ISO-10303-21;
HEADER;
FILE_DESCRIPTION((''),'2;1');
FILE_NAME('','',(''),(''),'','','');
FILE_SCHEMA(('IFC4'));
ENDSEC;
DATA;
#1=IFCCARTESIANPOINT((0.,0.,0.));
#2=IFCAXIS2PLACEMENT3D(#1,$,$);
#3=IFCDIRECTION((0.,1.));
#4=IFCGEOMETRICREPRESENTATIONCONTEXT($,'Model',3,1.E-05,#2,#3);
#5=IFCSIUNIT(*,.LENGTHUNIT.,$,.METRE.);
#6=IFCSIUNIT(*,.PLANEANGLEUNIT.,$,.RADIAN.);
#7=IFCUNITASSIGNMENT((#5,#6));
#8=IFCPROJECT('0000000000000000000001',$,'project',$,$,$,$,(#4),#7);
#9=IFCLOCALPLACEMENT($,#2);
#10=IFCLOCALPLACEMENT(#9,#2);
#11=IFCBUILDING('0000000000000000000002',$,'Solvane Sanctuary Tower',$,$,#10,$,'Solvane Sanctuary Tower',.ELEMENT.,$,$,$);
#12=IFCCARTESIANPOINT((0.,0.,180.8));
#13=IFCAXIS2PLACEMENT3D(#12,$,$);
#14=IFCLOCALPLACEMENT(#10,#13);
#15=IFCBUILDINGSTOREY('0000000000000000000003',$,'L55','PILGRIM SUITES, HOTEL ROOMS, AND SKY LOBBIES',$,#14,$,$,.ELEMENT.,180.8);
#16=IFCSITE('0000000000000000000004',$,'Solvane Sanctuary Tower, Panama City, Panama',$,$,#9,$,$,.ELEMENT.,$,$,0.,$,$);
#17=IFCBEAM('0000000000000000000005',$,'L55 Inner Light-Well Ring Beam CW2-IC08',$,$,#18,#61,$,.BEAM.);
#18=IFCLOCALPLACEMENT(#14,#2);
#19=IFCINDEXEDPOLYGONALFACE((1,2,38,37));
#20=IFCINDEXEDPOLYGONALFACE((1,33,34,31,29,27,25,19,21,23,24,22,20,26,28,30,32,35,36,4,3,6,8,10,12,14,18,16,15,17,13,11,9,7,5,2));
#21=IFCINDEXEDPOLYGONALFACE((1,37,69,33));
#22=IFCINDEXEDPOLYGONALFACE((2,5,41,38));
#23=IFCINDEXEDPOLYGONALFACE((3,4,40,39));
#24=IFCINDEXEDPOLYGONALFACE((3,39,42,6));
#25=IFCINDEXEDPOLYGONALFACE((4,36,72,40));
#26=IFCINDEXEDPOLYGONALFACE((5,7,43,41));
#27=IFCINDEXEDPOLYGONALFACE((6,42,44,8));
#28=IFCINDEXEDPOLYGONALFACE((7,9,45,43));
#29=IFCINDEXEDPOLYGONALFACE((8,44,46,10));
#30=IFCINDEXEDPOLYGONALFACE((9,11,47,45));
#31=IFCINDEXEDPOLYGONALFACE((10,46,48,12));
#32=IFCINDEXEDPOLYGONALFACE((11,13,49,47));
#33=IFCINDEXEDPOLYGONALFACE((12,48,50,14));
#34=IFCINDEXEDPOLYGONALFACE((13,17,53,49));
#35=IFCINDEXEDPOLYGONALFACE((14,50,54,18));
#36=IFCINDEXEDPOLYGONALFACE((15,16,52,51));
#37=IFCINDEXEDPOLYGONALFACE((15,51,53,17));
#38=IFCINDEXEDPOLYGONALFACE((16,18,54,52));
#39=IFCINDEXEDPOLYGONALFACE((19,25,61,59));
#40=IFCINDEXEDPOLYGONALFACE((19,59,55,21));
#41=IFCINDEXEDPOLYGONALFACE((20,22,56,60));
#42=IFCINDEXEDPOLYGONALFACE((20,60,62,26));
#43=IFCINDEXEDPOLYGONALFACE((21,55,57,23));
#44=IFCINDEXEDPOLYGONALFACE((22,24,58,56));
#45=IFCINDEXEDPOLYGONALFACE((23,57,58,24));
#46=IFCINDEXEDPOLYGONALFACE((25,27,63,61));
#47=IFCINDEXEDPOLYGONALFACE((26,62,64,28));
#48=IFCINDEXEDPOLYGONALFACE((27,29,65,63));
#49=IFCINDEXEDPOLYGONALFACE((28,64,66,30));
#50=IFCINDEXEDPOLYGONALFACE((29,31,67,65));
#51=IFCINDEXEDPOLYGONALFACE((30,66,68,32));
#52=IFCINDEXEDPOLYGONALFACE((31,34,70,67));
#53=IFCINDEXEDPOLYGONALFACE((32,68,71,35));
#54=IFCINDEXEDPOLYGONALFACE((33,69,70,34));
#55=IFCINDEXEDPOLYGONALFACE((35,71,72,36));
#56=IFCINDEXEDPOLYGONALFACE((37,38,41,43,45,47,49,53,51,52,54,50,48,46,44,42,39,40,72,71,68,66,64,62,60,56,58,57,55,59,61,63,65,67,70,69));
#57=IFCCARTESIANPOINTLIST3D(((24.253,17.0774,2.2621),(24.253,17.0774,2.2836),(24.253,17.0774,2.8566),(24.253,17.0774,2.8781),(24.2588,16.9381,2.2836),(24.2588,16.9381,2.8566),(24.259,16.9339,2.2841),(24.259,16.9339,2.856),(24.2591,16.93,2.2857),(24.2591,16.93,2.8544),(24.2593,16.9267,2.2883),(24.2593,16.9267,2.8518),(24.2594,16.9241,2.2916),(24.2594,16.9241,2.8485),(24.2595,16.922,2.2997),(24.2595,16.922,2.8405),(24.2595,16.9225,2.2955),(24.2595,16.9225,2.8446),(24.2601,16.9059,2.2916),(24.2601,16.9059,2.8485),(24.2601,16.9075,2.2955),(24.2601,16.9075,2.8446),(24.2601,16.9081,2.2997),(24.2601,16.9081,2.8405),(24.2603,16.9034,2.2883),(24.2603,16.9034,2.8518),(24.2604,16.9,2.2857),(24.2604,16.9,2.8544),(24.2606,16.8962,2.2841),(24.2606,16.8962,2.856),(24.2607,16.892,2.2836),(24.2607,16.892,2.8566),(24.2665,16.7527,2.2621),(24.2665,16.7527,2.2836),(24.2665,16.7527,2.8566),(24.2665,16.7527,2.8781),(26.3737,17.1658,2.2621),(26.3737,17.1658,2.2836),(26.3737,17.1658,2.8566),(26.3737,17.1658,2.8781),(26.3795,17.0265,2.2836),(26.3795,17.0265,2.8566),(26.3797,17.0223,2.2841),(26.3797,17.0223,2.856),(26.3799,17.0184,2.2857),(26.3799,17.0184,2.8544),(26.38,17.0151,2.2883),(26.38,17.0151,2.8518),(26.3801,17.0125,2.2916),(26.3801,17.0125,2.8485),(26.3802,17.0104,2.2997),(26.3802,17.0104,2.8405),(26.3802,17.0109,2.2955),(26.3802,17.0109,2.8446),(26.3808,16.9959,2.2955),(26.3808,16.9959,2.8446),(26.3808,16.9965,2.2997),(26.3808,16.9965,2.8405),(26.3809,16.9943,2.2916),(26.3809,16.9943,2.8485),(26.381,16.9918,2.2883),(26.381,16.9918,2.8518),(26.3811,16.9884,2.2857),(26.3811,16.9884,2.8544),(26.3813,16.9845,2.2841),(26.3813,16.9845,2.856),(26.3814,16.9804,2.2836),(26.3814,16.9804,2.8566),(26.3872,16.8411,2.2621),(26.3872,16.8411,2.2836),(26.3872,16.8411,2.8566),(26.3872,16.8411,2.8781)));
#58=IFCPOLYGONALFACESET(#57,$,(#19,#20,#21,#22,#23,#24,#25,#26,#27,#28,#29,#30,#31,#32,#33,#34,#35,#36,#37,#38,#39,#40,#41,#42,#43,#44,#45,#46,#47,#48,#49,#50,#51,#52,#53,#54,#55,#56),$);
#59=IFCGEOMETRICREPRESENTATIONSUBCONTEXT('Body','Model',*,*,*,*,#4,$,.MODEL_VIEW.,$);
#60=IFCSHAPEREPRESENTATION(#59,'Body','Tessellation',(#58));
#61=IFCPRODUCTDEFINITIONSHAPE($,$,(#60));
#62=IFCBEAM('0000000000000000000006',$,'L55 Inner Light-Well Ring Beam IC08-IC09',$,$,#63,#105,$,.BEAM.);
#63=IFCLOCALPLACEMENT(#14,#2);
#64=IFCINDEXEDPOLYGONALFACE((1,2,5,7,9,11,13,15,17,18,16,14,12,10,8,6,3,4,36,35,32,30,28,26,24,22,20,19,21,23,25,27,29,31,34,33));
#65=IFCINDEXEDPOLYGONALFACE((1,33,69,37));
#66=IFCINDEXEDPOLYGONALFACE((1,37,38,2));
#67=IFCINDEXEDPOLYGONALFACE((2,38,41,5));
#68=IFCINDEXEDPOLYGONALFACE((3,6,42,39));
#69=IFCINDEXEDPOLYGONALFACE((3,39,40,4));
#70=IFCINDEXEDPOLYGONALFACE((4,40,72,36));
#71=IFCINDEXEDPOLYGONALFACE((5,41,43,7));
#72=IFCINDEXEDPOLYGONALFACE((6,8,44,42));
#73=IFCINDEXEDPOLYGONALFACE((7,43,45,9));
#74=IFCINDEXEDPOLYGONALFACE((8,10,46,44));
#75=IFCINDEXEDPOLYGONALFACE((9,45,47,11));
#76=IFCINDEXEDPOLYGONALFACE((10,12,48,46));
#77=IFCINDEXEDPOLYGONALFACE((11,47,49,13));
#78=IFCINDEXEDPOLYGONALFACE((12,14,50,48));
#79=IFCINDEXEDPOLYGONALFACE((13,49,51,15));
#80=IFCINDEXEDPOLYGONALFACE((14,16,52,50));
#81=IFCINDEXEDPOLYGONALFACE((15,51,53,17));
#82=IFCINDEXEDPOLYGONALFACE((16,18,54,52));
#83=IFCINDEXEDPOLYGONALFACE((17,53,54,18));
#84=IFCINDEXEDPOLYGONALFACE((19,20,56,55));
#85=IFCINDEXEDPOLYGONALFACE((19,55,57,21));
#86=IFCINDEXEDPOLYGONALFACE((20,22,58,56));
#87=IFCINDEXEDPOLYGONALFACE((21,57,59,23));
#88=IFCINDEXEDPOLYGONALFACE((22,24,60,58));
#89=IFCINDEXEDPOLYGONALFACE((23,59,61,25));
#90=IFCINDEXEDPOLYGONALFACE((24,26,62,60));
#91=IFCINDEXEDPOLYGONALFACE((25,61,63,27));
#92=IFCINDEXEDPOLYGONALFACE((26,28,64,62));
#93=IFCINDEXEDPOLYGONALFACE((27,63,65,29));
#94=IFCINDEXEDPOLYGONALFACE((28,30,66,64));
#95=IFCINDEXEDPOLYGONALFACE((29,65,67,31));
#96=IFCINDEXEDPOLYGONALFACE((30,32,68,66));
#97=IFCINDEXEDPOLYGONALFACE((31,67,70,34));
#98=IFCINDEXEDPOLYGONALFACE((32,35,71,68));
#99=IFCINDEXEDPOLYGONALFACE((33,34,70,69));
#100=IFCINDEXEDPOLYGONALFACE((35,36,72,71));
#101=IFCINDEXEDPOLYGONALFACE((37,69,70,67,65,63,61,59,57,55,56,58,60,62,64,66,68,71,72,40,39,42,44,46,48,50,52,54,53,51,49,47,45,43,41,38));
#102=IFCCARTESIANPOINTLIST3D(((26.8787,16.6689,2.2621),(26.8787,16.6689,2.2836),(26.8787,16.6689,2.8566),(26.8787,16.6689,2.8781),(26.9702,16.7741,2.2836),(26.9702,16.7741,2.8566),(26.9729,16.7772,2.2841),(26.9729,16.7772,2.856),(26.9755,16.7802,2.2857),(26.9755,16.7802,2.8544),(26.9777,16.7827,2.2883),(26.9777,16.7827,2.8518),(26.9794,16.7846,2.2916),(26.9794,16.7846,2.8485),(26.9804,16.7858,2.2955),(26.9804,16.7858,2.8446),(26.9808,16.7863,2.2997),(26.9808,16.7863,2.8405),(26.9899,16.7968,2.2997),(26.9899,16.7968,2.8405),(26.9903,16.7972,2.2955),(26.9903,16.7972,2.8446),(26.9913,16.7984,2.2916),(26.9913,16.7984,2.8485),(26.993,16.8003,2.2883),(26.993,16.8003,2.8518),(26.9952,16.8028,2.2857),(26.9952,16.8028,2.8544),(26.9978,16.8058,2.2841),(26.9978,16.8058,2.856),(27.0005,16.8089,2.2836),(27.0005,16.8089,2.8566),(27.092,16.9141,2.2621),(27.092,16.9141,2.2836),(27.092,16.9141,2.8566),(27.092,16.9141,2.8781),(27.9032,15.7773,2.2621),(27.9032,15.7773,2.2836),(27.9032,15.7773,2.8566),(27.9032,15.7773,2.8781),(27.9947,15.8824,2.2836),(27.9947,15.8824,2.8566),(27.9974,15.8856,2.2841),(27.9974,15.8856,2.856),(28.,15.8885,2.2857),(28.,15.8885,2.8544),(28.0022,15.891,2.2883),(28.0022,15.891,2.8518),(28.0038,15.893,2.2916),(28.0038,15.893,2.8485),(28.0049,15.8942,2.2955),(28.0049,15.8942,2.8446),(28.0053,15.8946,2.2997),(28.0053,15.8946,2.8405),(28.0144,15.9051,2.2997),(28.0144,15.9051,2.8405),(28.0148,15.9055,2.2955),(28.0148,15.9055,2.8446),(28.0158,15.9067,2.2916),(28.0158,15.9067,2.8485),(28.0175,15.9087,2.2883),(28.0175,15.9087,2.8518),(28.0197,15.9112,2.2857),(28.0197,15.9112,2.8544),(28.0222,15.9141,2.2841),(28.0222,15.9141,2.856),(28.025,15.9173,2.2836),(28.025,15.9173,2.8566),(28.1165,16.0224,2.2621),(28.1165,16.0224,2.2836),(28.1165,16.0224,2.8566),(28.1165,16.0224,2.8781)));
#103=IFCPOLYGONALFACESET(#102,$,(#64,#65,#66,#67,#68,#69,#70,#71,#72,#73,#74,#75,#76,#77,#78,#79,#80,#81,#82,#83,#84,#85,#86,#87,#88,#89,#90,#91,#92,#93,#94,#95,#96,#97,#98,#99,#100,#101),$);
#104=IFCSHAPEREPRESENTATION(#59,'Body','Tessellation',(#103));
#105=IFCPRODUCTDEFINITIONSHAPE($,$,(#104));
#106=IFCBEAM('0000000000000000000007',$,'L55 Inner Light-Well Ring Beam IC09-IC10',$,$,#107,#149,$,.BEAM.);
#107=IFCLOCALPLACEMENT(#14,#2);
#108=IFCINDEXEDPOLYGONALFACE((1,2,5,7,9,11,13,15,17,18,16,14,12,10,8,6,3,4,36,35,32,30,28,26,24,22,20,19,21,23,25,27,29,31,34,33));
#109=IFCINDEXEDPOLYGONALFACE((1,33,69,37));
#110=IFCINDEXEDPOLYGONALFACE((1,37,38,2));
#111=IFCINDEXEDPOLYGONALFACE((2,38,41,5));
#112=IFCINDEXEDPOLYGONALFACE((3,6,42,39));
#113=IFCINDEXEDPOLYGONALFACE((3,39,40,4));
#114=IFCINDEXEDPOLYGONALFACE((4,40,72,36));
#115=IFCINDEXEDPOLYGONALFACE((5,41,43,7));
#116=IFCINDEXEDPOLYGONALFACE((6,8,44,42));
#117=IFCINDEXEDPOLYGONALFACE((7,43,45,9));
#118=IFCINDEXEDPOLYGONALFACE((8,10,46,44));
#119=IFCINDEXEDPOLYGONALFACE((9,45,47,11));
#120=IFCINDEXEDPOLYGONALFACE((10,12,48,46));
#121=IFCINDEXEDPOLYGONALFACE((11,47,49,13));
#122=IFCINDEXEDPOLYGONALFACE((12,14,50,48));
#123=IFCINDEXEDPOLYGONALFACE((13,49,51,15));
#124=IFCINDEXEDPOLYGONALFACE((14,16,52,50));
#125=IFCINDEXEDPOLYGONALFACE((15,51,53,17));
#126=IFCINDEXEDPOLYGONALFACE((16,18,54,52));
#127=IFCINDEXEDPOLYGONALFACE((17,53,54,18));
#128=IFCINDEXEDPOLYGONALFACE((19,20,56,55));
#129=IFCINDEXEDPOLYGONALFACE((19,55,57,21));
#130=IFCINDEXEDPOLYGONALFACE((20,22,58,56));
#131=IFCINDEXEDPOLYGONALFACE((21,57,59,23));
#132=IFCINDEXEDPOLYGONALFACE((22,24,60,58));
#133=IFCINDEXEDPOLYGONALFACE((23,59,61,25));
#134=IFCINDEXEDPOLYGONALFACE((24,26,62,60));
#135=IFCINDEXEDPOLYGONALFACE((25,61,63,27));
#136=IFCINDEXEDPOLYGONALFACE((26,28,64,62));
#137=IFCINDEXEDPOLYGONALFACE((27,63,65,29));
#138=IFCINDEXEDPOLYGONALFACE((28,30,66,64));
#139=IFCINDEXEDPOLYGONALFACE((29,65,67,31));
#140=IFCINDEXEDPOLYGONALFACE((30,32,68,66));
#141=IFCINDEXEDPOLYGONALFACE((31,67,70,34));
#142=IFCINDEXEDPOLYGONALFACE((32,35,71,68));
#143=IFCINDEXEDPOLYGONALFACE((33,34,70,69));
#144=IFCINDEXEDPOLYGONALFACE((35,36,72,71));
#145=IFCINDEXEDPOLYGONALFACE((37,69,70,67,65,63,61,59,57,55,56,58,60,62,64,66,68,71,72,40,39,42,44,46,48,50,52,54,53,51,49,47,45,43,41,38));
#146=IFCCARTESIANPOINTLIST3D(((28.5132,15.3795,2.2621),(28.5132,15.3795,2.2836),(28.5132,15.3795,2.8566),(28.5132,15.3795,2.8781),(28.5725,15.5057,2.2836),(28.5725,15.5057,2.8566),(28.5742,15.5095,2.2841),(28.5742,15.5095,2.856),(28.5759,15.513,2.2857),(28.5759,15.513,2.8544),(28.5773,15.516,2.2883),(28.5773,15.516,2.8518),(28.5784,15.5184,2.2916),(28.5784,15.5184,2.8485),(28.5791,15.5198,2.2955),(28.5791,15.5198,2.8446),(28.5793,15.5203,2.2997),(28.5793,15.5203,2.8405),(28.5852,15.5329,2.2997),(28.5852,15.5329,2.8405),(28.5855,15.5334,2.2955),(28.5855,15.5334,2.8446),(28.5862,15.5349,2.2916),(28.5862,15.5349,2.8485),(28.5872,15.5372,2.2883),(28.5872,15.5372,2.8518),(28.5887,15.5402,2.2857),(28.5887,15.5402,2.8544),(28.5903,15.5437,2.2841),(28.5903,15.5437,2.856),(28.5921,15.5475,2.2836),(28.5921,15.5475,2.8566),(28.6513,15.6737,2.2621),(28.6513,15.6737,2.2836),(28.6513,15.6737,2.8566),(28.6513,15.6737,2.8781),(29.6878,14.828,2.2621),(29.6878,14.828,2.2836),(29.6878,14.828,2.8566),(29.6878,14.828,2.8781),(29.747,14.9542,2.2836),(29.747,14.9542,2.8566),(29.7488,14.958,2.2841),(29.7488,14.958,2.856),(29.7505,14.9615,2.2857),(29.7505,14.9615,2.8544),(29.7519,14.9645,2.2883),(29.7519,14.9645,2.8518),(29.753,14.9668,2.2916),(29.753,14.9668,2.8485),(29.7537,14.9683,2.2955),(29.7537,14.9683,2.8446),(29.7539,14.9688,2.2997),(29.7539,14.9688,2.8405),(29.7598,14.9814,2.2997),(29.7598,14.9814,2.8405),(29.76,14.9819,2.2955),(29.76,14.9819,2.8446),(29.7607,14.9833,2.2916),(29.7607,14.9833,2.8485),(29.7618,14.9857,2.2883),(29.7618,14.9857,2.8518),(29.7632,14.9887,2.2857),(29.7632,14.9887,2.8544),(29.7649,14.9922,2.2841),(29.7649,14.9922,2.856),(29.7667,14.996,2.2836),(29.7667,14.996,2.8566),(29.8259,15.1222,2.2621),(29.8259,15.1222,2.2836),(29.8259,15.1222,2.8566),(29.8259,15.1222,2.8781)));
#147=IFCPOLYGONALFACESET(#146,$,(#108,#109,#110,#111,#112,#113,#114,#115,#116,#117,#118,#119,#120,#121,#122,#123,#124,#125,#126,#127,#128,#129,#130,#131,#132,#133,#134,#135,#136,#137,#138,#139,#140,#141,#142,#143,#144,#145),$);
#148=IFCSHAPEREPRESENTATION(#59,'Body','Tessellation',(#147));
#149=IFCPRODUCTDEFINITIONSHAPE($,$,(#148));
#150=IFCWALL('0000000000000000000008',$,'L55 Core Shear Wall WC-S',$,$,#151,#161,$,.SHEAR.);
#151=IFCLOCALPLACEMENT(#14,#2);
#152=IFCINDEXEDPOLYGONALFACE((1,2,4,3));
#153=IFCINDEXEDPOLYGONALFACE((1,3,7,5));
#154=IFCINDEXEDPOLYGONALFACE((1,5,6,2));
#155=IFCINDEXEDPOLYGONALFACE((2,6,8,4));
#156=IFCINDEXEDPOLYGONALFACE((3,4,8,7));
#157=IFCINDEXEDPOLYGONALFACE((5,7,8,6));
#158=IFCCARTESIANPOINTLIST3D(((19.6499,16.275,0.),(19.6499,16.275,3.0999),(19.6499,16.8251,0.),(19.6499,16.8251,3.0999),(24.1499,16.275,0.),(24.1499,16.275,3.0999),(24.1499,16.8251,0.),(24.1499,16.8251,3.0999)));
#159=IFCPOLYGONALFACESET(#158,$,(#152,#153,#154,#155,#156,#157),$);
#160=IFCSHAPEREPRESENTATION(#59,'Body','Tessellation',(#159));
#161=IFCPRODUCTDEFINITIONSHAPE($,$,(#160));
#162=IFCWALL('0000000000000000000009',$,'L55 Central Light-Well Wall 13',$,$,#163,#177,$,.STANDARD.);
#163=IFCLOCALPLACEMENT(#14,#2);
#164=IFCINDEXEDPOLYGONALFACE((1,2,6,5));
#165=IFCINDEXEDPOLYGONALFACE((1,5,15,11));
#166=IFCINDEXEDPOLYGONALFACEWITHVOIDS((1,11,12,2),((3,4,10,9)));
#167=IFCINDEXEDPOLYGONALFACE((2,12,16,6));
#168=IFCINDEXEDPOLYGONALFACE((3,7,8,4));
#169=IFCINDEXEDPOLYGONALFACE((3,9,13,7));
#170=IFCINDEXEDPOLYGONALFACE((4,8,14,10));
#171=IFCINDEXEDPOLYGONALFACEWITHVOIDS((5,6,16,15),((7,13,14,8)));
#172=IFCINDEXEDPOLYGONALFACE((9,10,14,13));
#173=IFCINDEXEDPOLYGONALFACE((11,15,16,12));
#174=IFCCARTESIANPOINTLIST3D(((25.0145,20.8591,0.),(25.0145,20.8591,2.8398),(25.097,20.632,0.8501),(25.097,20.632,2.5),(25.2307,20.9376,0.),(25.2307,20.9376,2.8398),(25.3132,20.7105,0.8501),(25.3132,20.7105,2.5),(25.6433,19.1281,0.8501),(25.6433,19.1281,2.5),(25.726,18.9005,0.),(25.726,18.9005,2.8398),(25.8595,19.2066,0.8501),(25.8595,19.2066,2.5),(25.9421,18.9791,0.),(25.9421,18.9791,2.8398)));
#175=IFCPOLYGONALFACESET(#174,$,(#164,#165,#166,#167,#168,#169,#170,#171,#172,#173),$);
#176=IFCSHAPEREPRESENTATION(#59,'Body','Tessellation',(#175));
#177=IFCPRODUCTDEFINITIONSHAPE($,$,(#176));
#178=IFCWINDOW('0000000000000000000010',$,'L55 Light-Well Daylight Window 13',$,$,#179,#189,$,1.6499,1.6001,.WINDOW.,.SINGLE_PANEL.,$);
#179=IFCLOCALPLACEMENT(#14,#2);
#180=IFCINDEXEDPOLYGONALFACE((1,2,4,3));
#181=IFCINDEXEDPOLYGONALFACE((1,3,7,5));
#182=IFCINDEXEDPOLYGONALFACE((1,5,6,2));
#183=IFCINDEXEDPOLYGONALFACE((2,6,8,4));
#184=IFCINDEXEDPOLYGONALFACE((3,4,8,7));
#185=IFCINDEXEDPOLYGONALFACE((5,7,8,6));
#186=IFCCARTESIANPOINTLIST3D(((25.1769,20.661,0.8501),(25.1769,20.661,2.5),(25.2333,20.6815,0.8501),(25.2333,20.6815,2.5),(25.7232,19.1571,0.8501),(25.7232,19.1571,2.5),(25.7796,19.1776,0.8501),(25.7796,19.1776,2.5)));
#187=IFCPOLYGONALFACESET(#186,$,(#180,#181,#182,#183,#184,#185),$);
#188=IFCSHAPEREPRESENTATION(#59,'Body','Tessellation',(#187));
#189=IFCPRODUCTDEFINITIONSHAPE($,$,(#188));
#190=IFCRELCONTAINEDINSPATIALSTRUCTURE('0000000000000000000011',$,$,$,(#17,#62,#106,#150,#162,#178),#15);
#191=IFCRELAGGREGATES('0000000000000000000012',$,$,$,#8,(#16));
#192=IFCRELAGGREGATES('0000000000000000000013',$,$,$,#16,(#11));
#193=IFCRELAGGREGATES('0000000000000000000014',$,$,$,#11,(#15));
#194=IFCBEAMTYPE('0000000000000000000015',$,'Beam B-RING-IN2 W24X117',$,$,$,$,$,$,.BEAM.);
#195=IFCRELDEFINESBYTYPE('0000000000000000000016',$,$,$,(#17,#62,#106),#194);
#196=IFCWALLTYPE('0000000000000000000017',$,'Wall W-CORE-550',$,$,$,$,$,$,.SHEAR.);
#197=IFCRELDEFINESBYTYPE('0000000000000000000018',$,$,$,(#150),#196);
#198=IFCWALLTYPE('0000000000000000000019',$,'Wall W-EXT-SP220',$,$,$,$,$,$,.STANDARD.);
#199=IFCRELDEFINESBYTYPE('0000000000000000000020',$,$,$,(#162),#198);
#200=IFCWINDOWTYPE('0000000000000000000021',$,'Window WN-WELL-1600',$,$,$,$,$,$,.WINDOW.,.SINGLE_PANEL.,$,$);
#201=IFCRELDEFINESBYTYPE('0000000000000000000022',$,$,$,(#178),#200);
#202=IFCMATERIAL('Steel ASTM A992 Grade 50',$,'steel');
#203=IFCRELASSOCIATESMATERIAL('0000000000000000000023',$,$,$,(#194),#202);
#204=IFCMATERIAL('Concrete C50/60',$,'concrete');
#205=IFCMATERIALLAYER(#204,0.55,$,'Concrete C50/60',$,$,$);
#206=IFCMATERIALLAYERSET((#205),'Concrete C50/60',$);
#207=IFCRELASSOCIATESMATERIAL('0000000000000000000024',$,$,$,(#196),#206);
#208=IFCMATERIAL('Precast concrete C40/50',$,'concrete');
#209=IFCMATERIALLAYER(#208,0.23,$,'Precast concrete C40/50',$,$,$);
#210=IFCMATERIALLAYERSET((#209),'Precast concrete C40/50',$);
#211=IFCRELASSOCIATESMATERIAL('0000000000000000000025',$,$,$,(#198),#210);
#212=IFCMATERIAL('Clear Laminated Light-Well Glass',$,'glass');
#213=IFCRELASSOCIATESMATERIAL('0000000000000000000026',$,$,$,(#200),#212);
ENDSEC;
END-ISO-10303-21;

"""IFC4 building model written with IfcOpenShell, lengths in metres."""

from ifc_helpers import new_model, si_unit, direction, frame, frame_2d, origin, origin_2d, place, context, subcontext, project, spatial, rectangle, i_section, extrude, material, layer, layer_set, material_profile, profile_set, type_object, element, fill, save


model = new_model("IFC4")

# Units and contexts
model_context = context("Model", 3, precision=1e-05, world=origin(), true_north=direction((0.0, 1.0)))
body_context = subcontext(model_context, "Body", "Model", "MODEL_VIEW")
ifc_project = project(units=[si_unit("LENGTHUNIT", "METRE"), si_unit("PLANEANGLEUNIT", "RADIAN")], contexts=[model_context])

# Site, building, storey
site_placement = place(None, origin())
site = spatial("IfcSite", under=ifc_project, at=site_placement, Name="Solvane Sanctuary Tower, Panama City, Panama", CompositionType="ELEMENT", RefElevation=0.0)
building_placement = place(site_placement, origin())
building = spatial("IfcBuilding", under=site, at=building_placement, Name="Solvane Sanctuary Tower", LongName="Solvane Sanctuary Tower", CompositionType="ELEMENT")
storey_placement = place(building_placement, frame((0.0, 0.0, 180.8)))
storey = spatial("IfcBuildingStorey", under=building, at=storey_placement, Name="L55", Description="PILGRIM SUITES, HOTEL ROOMS, AND SKY LOBBIES", CompositionType="ELEMENT", Elevation=180.8)

# Shared definitions
ifc_material_1 = material(Name="Concrete C50/60", Category="concrete")

# Beams
ifc_material_2 = material(Name="Steel ASTM A992 Grade 50", Category="steel")
ifc_material_profile_1 = material_profile(ifc_material_2, i_section(OverallWidth=0.325, OverallDepth=0.616, WebThickness=0.0139, FlangeThickness=0.0215, FilletRadius=0.0161, at=origin_2d()), Name="W24X117")
ifc_profile_set_1 = profile_set([ifc_material_profile_1], Name="Steel ASTM A992 Grade 50")
beam_type_1 = type_object("IfcBeamType", Name="Beam B-RING-IN2 W24X117", PredefinedType="BEAM", material=ifc_profile_set_1)
beam_1_placement = place(storey_placement, frame((24.2598, 16.915, 2.5701), z_axis=(0.999133, 0.04164, 0.0), x_axis=(-0.04164, 0.999133, 0.0)))
element("IfcBeam", 1, at=beam_1_placement, inside=storey, type_object=beam_type_1, Name="L55 Inner Light-Well Ring Beam CW2-IC08", PredefinedType="BEAM", context=body_context, shape_type="SweptSolid", body=[
    extrude(i_section(OverallWidth=0.325, OverallDepth=0.616, WebThickness=0.0139, FlangeThickness=0.0215, FilletRadius=0.0161, at=origin_2d()), origin(), (0.0, 0.0, 1.0), 2.1226),
])
beam_2_placement = place(storey_placement, frame((26.9854, 16.7915, 2.5701), z_axis=(0.754311, -0.656517, 0.0), x_axis=(0.656517, 0.754311, 0.0)))
element("IfcBeam", 2, at=beam_2_placement, inside=storey, type_object=beam_type_1, Name="L55 Inner Light-Well Ring Beam IC08-IC09", PredefinedType="BEAM", context=body_context, shape_type="SweptSolid", body=[
    extrude(i_section(OverallWidth=0.325, OverallDepth=0.616, WebThickness=0.0139, FlangeThickness=0.0215, FilletRadius=0.0161, at=origin_2d()), origin(), (0.0, 0.0, 1.0), 1.3582),
])
beam_3_placement = place(storey_placement, frame((28.5823, 15.5266, 2.5701), z_axis=(0.905181, -0.425027, 0.0), x_axis=(0.425027, 0.905181, 0.0)))
element("IfcBeam", 3, at=beam_3_placement, inside=storey, type_object=beam_type_1, Name="L55 Inner Light-Well Ring Beam IC09-IC10", PredefinedType="BEAM", context=body_context, shape_type="SweptSolid", body=[
    extrude(i_section(OverallWidth=0.325, OverallDepth=0.616, WebThickness=0.0139, FlangeThickness=0.0215, FilletRadius=0.0161, at=origin_2d()), origin(), (0.0, 0.0, 1.0), 1.2976),
])

# Wall
ifc_layer_1 = layer(ifc_material_1, 0.55, Name="Concrete C50/60")
ifc_layer_set_1 = layer_set([ifc_layer_1], Name="Concrete C50/60")
wall_type_1 = type_object("IfcWallType", Name="Wall W-CORE-550", PredefinedType="SHEAR", material=ifc_layer_set_1)
wall_1_placement = place(storey_placement, frame((19.6499, 16.55, 0.0), z_axis=(0.0, 0.0, 1.0), x_axis=(1.0, 0.0, 0.0)))
element("IfcWall", 4, at=wall_1_placement, inside=storey, type_object=wall_type_1, Name="L55 Core Shear Wall WC-S", PredefinedType="SHEAR", context=body_context, shape_type="SweptSolid", body=[
    extrude(rectangle(XDim=4.5, YDim=0.55, at=frame_2d((2.25, 0.0))), origin(), (0.0, 0.0, 1.0), 3.0999),
])

# Wall, opening, window
ifc_material_3 = material(Name="Precast concrete C40/50", Category="concrete")
ifc_layer_2 = layer(ifc_material_3, 0.23, Name="Precast concrete C40/50")
ifc_layer_set_2 = layer_set([ifc_layer_2], Name="Precast concrete C40/50")
wall_type_2 = type_object("IfcWallType", Name="Wall W-EXT-SP220", PredefinedType="STANDARD", material=ifc_layer_set_2)
wall_2_placement = place(storey_placement, frame((25.1226, 20.8984, 0.0), z_axis=(0.0, 0.0, 1.0), x_axis=(0.341423, -0.93991, 0.0)))
wall_2 = element("IfcWall", 5, at=wall_2_placement, inside=storey, type_object=wall_type_2, Name="L55 Central Light-Well Wall 13", PredefinedType="STANDARD", context=body_context, shape_type="SweptSolid", body=[
    extrude(rectangle(XDim=2.0837, YDim=0.23, at=frame_2d((1.042, 0.0))), origin(), (0.0, 0.0, 1.0), 2.8398),
])
opening_1_placement = place(wall_2_placement, frame((0.2417, 0.0, 0.8501)))
opening_1 = element("IfcOpeningElement", 6, at=opening_1_placement, cuts=wall_2, PredefinedType="OPENING", context=body_context, shape_type="SweptSolid", body=[
    extrude(rectangle(XDim=1.6001, YDim=1.6499, at=frame_2d((0.8, 0.825))), frame((0.0, 0.125, 0.0), z_axis=(0.0, -1.0, 0.0), x_axis=(1.0, 0.0, 0.0)), (0.0, 0.0, 1.0), 0.25),
])
ifc_material_4 = material(Name="Clear Laminated Light-Well Glass", Category="glass")
window_type = type_object("IfcWindowType", Name="Window WN-WELL-1600", PartitioningType="SINGLE_PANEL", PredefinedType="WINDOW", material=ifc_material_4)
window_placement = place(opening_1_placement, origin())
window = element("IfcWindow", 7, at=window_placement, inside=storey, type_object=window_type, Name="L55 Light-Well Daylight Window 13", OverallHeight=1.6499, OverallWidth=1.6001, PartitioningType="SINGLE_PANEL", PredefinedType="WINDOW", context=body_context, shape_type="SweptSolid", body=[
    extrude(rectangle(XDim=1.6001, YDim=1.6499, at=frame_2d((0.8, 0.825))), frame((0.0, 0.03, 0.0), z_axis=(0.0, -1.0, 0.0), x_axis=(1.0, 0.0, 0.0)), (0.0, 0.0, 1.0), 0.0601),
])
fill(opening_1, window)

save(model, "model.ifc")
